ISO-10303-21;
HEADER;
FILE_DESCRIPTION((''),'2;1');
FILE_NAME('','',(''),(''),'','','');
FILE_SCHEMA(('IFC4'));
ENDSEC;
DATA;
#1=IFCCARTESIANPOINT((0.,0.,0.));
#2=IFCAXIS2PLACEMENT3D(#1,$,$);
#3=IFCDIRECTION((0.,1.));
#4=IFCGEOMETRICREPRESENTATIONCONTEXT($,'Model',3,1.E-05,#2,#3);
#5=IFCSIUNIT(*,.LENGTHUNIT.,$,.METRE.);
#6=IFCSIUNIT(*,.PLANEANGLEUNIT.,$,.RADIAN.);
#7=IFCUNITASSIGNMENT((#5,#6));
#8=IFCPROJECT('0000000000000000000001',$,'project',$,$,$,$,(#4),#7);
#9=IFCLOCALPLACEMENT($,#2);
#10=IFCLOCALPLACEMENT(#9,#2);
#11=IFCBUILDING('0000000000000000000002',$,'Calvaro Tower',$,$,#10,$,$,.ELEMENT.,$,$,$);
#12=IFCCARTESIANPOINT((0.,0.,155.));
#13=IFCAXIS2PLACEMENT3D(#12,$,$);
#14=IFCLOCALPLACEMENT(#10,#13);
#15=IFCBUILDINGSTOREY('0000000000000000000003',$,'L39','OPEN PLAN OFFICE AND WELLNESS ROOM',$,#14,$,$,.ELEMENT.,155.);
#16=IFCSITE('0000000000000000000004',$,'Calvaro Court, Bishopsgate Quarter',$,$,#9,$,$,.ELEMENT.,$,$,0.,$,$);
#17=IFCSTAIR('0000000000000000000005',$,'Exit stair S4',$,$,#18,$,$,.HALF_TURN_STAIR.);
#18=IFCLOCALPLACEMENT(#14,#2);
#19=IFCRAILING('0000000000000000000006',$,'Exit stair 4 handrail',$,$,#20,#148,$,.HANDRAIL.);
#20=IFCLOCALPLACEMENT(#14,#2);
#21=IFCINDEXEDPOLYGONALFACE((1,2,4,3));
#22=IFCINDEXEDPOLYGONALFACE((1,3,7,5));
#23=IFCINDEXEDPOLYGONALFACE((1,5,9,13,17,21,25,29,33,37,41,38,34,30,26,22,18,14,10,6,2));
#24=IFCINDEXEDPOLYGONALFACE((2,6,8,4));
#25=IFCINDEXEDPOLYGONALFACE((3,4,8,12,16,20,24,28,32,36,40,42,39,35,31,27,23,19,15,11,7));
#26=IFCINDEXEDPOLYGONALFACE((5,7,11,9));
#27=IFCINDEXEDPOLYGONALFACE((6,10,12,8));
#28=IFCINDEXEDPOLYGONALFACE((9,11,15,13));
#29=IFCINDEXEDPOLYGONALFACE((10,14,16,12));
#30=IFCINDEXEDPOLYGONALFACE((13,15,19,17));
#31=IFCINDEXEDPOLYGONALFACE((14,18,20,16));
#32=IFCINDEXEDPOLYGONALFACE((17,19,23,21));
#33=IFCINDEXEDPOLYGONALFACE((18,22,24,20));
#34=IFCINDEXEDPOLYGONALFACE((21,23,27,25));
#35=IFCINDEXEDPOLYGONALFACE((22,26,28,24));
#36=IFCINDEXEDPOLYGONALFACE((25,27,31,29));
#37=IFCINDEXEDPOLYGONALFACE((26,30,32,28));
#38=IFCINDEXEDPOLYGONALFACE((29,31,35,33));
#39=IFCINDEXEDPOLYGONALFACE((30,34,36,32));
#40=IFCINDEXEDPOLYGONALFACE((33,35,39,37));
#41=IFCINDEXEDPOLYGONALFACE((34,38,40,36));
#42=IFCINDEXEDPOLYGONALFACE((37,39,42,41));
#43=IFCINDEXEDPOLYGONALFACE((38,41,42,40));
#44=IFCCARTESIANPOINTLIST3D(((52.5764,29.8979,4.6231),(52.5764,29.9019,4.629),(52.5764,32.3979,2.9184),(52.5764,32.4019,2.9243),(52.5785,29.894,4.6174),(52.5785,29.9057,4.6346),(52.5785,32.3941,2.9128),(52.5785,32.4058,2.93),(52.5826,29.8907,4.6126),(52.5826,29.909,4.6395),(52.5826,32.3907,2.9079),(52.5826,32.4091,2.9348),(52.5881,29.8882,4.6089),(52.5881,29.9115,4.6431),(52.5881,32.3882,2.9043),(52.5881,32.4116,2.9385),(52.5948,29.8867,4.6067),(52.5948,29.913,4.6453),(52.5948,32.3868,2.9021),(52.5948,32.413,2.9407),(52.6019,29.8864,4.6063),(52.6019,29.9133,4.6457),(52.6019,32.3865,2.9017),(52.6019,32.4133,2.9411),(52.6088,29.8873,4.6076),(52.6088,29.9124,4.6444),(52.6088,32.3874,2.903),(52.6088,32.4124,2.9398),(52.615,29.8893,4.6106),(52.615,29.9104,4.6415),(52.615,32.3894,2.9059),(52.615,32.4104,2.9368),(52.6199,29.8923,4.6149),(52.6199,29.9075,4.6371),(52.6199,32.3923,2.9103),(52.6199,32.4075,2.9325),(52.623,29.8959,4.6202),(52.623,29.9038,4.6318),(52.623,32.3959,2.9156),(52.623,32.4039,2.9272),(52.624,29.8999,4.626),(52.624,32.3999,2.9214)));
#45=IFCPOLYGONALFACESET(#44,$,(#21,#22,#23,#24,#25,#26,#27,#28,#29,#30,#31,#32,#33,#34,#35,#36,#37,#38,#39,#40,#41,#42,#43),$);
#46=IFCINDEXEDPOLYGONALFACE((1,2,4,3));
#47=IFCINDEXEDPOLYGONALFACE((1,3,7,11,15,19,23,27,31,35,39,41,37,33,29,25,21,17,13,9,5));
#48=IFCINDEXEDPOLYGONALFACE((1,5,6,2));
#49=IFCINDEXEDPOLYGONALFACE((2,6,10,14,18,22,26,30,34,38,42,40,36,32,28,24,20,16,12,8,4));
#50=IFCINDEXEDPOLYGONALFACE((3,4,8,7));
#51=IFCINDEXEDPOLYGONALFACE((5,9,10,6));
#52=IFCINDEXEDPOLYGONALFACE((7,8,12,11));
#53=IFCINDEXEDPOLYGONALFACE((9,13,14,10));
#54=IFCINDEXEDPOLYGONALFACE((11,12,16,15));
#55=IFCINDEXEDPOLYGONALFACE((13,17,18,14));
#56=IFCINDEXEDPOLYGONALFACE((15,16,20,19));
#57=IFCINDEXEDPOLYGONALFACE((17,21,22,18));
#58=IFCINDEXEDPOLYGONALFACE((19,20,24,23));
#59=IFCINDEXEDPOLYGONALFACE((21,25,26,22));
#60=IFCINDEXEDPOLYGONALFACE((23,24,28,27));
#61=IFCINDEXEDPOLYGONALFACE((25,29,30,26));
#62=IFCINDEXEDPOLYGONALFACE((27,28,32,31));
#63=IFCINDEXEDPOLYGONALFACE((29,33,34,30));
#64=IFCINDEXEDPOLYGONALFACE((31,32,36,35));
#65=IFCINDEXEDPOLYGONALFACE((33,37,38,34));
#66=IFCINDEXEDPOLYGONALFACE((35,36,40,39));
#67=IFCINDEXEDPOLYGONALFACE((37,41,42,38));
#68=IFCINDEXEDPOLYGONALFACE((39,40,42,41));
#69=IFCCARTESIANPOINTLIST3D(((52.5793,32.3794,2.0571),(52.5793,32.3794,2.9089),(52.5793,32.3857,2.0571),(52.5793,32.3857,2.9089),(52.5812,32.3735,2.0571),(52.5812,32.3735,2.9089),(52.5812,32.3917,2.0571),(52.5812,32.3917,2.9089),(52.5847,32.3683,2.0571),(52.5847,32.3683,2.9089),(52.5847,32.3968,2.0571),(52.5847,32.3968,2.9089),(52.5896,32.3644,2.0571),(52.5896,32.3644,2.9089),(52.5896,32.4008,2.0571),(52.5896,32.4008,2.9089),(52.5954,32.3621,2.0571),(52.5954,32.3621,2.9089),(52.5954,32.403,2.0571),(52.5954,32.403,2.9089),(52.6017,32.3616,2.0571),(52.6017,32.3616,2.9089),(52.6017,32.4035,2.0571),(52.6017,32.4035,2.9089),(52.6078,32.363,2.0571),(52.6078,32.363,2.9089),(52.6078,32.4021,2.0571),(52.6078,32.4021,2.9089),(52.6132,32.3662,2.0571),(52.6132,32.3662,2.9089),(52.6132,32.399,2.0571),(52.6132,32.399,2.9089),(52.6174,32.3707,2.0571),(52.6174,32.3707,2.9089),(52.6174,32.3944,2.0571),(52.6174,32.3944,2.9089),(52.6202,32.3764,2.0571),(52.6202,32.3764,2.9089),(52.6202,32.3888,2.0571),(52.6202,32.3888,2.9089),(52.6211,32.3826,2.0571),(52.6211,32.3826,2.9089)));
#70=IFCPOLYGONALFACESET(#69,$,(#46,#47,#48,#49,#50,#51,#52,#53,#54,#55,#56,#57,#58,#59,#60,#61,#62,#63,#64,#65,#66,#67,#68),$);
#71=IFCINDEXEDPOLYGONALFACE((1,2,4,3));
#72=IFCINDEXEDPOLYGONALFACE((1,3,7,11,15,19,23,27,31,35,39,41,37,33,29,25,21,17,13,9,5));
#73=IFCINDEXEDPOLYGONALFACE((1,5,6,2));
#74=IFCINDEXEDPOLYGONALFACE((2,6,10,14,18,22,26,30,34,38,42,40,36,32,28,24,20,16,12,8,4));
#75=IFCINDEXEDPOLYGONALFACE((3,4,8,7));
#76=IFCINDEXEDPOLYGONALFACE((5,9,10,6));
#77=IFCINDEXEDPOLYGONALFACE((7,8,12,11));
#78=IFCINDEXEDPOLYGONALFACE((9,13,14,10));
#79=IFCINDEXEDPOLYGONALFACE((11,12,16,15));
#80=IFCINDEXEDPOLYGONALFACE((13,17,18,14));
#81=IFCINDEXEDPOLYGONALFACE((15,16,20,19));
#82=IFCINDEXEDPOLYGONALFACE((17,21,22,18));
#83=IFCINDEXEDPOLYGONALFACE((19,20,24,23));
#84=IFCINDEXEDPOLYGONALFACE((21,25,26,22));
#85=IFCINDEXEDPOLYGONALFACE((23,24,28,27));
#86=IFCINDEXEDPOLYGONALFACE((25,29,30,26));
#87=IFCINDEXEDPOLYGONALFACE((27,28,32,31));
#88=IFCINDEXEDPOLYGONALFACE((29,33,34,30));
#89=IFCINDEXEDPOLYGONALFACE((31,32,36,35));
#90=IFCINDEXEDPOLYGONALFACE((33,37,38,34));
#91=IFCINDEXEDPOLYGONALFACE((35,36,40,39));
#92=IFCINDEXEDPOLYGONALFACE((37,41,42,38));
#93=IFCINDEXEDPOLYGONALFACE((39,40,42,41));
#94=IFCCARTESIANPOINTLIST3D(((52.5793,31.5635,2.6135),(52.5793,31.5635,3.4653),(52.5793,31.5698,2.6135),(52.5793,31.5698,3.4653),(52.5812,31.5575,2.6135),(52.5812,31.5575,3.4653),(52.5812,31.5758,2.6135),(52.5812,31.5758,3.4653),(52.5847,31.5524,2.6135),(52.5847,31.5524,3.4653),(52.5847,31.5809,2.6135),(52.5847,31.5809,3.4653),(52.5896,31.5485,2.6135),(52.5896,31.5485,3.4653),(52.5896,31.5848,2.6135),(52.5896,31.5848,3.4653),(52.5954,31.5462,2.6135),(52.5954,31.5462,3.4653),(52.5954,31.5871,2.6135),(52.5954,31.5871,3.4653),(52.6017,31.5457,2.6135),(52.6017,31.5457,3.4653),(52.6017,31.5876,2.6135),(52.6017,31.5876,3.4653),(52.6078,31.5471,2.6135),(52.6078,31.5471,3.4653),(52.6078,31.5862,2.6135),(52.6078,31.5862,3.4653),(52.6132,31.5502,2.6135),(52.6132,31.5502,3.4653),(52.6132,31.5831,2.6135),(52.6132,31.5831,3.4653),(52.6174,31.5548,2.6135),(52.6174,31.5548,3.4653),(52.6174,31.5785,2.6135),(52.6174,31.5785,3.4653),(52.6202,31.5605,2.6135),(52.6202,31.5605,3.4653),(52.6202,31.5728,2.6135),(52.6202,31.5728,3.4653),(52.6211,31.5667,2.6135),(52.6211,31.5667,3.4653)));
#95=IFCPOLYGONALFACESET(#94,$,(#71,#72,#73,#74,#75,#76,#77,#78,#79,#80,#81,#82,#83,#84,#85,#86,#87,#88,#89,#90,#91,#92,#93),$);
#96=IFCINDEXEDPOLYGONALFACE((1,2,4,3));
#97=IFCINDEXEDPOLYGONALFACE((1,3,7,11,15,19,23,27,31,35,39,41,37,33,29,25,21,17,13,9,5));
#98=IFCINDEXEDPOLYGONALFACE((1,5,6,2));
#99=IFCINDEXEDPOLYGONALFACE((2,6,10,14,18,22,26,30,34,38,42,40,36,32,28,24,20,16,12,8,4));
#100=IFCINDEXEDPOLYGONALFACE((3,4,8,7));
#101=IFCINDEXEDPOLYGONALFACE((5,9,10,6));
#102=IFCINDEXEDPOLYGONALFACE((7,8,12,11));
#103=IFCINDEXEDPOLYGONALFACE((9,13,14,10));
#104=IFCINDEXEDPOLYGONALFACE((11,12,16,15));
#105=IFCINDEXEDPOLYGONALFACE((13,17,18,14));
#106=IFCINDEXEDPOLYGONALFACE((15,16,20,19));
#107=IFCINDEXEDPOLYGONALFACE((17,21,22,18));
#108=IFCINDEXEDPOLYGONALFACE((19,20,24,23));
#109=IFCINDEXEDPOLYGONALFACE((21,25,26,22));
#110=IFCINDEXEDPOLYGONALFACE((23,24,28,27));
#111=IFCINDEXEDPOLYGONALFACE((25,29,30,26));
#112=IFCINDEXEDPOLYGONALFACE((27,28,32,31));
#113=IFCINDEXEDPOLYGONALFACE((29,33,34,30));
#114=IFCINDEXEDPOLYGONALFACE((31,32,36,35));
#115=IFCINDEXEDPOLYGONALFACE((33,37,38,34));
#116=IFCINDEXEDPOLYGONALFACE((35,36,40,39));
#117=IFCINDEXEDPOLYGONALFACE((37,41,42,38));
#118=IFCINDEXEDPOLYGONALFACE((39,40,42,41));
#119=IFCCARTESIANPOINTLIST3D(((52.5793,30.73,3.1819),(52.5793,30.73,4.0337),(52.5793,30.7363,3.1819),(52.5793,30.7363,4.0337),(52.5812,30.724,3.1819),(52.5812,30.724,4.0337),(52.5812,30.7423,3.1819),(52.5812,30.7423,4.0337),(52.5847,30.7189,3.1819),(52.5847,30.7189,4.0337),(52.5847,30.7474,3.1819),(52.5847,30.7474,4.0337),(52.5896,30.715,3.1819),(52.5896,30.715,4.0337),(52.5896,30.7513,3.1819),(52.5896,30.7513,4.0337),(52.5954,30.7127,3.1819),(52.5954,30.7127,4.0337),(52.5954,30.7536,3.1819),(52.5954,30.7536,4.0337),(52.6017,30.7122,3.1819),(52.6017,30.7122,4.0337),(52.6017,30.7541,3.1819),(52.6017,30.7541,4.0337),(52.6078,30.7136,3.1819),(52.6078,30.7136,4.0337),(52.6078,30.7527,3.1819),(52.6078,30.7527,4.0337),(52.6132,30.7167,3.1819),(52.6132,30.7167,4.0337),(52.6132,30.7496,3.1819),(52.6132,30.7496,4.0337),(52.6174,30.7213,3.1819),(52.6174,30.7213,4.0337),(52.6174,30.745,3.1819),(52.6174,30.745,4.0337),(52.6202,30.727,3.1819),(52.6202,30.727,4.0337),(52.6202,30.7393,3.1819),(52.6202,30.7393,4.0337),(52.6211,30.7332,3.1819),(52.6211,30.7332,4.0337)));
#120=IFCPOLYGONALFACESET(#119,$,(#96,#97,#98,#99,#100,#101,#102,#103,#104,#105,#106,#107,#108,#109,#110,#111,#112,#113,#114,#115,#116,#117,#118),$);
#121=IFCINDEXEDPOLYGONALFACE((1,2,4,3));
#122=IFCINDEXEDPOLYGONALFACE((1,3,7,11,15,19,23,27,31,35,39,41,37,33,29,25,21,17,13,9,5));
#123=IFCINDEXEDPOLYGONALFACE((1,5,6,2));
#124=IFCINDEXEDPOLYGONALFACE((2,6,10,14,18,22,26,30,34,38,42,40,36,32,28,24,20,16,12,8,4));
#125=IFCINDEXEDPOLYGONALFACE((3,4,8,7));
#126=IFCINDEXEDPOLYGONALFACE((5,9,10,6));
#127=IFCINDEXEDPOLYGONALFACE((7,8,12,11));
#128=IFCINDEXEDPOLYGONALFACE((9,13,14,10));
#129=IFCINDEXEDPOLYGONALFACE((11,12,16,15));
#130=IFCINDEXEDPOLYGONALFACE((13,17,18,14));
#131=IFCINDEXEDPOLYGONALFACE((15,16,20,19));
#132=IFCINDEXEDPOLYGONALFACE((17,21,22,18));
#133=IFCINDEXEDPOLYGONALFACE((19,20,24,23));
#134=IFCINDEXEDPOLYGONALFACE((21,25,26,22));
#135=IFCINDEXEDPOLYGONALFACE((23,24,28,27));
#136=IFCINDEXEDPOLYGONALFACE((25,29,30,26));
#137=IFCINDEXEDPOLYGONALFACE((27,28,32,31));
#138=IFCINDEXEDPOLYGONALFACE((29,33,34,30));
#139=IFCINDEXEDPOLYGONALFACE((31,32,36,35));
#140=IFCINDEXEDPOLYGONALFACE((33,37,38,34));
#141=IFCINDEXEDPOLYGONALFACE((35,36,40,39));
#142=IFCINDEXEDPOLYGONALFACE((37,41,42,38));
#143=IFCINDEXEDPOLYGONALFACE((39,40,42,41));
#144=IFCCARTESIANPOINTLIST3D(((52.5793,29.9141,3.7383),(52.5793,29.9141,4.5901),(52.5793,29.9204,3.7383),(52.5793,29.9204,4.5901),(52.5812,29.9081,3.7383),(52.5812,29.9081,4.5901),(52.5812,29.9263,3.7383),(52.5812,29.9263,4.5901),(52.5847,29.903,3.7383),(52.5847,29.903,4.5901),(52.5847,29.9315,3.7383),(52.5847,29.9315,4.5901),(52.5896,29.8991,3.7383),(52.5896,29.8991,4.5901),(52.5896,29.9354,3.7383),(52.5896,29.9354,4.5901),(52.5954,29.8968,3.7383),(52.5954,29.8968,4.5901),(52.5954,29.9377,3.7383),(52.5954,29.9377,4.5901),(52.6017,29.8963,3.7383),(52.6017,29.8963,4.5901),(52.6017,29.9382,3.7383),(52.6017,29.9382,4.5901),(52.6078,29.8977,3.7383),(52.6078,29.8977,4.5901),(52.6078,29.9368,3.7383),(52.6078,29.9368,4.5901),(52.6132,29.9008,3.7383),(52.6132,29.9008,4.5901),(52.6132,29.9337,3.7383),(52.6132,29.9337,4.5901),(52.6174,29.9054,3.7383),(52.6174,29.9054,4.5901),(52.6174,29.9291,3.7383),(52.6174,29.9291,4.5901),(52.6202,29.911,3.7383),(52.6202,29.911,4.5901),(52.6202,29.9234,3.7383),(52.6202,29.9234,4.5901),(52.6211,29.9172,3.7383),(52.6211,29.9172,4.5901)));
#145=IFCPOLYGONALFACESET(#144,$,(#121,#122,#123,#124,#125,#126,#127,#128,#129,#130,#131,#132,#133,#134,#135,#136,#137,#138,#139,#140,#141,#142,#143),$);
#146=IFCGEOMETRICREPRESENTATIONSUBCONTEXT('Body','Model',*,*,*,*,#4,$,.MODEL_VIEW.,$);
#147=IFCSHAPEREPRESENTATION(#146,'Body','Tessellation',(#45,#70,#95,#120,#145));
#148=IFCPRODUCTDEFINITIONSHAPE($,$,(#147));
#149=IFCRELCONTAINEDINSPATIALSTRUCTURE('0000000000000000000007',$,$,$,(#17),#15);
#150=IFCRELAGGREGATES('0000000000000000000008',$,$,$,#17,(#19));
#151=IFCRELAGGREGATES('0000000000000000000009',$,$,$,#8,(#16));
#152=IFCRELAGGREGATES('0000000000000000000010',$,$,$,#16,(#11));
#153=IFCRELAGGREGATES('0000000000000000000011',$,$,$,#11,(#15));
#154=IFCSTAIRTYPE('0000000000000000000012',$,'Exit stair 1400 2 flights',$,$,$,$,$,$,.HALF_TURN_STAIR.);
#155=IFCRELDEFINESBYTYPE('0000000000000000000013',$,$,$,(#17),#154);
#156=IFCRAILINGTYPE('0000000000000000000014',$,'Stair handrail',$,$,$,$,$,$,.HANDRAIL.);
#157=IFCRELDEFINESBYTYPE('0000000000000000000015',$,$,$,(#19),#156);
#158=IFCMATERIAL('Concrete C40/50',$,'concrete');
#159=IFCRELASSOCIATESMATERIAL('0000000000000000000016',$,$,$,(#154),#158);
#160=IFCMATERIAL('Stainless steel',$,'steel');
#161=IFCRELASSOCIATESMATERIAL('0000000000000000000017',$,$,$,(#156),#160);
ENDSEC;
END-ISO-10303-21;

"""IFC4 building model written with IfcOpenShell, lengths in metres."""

from ifc_helpers import new_model, si_unit, direction, frame, origin, origin_2d, place, context, subcontext, project, spatial, circle, extrude, material, type_object, element, aggregate, save


model = new_model("IFC4")

# Units and contexts
model_context = context("Model", 3, precision=1e-05, world=origin(), true_north=direction((0.0, 1.0)))
body_context = subcontext(model_context, "Body", "Model", "MODEL_VIEW")
ifc_project = project(units=[si_unit("LENGTHUNIT", "METRE"), si_unit("PLANEANGLEUNIT", "RADIAN")], contexts=[model_context])

# Site, building, storey
site_placement = place(None, origin())
site = spatial("IfcSite", under=ifc_project, at=site_placement, Name="Calvaro Court, Bishopsgate Quarter", CompositionType="ELEMENT", RefElevation=0.0)
building_placement = place(site_placement, origin())
building = spatial("IfcBuilding", under=site, at=building_placement, Name="Calvaro Tower", CompositionType="ELEMENT")
storey_placement = place(building_placement, frame((0.0, 0.0, 155.0)))
storey = spatial("IfcBuildingStorey", under=building, at=storey_placement, Name="L39", Description="OPEN PLAN OFFICE AND WELLNESS ROOM", CompositionType="ELEMENT", Elevation=155.0)

# Stair
ifc_material_1 = material(Name="Concrete C40/50", Category="concrete")
stair_type = type_object("IfcStairType", Name="Exit stair 1400 2 flights", PredefinedType="HALF_TURN_STAIR", material=ifc_material_1)
stair_1_placement = place(storey_placement, origin())
stair_1 = element("IfcStair", 1, at=stair_1_placement, inside=storey, type_object=stair_type, Name="Exit stair S4", PredefinedType="HALF_TURN_STAIR")

# Railing
ifc_material_2 = material(Name="Stainless steel", Category="steel")
railing_type = type_object("IfcRailingType", Name="Stair handrail", PredefinedType="HANDRAIL", material=ifc_material_2)
railing_1_placement = place(storey_placement, frame((52.6001, 32.3999, 2.0454)))
railing_1 = element("IfcRailing", 2, at=railing_1_placement, type_object=railing_type, Name="Exit stair 4 handrail", PredefinedType="HANDRAIL", context=body_context, shape_type="SweptSolid", body=[
    extrude(circle(Radius=0.0239, at=origin_2d()), frame((0.0, 0.0, 0.876), z_axis=(0.0, -0.826221, 0.563347), x_axis=(1.0, 0.0, 0.0)), (0.0, 0.0, 1.0), 3.0259),
    extrude(circle(Radius=0.021, at=origin_2d()), frame((0.0, -0.0173, 0.0117)), (0.0, 0.0, 1.0), 0.8518),
    extrude(circle(Radius=0.021, at=origin_2d()), frame((0.0, -0.8333, 0.5681)), (0.0, 0.0, 1.0), 0.8518),
    extrude(circle(Radius=0.021, at=origin_2d()), frame((0.0, -1.6667, 1.1365)), (0.0, 0.0, 1.0), 0.8518),
    extrude(circle(Radius=0.021, at=origin_2d()), frame((0.0, -2.4827, 1.6929)), (0.0, 0.0, 1.0), 0.8518),
])
aggregate(stair_1, [railing_1])

save(model, "model.ifc")
